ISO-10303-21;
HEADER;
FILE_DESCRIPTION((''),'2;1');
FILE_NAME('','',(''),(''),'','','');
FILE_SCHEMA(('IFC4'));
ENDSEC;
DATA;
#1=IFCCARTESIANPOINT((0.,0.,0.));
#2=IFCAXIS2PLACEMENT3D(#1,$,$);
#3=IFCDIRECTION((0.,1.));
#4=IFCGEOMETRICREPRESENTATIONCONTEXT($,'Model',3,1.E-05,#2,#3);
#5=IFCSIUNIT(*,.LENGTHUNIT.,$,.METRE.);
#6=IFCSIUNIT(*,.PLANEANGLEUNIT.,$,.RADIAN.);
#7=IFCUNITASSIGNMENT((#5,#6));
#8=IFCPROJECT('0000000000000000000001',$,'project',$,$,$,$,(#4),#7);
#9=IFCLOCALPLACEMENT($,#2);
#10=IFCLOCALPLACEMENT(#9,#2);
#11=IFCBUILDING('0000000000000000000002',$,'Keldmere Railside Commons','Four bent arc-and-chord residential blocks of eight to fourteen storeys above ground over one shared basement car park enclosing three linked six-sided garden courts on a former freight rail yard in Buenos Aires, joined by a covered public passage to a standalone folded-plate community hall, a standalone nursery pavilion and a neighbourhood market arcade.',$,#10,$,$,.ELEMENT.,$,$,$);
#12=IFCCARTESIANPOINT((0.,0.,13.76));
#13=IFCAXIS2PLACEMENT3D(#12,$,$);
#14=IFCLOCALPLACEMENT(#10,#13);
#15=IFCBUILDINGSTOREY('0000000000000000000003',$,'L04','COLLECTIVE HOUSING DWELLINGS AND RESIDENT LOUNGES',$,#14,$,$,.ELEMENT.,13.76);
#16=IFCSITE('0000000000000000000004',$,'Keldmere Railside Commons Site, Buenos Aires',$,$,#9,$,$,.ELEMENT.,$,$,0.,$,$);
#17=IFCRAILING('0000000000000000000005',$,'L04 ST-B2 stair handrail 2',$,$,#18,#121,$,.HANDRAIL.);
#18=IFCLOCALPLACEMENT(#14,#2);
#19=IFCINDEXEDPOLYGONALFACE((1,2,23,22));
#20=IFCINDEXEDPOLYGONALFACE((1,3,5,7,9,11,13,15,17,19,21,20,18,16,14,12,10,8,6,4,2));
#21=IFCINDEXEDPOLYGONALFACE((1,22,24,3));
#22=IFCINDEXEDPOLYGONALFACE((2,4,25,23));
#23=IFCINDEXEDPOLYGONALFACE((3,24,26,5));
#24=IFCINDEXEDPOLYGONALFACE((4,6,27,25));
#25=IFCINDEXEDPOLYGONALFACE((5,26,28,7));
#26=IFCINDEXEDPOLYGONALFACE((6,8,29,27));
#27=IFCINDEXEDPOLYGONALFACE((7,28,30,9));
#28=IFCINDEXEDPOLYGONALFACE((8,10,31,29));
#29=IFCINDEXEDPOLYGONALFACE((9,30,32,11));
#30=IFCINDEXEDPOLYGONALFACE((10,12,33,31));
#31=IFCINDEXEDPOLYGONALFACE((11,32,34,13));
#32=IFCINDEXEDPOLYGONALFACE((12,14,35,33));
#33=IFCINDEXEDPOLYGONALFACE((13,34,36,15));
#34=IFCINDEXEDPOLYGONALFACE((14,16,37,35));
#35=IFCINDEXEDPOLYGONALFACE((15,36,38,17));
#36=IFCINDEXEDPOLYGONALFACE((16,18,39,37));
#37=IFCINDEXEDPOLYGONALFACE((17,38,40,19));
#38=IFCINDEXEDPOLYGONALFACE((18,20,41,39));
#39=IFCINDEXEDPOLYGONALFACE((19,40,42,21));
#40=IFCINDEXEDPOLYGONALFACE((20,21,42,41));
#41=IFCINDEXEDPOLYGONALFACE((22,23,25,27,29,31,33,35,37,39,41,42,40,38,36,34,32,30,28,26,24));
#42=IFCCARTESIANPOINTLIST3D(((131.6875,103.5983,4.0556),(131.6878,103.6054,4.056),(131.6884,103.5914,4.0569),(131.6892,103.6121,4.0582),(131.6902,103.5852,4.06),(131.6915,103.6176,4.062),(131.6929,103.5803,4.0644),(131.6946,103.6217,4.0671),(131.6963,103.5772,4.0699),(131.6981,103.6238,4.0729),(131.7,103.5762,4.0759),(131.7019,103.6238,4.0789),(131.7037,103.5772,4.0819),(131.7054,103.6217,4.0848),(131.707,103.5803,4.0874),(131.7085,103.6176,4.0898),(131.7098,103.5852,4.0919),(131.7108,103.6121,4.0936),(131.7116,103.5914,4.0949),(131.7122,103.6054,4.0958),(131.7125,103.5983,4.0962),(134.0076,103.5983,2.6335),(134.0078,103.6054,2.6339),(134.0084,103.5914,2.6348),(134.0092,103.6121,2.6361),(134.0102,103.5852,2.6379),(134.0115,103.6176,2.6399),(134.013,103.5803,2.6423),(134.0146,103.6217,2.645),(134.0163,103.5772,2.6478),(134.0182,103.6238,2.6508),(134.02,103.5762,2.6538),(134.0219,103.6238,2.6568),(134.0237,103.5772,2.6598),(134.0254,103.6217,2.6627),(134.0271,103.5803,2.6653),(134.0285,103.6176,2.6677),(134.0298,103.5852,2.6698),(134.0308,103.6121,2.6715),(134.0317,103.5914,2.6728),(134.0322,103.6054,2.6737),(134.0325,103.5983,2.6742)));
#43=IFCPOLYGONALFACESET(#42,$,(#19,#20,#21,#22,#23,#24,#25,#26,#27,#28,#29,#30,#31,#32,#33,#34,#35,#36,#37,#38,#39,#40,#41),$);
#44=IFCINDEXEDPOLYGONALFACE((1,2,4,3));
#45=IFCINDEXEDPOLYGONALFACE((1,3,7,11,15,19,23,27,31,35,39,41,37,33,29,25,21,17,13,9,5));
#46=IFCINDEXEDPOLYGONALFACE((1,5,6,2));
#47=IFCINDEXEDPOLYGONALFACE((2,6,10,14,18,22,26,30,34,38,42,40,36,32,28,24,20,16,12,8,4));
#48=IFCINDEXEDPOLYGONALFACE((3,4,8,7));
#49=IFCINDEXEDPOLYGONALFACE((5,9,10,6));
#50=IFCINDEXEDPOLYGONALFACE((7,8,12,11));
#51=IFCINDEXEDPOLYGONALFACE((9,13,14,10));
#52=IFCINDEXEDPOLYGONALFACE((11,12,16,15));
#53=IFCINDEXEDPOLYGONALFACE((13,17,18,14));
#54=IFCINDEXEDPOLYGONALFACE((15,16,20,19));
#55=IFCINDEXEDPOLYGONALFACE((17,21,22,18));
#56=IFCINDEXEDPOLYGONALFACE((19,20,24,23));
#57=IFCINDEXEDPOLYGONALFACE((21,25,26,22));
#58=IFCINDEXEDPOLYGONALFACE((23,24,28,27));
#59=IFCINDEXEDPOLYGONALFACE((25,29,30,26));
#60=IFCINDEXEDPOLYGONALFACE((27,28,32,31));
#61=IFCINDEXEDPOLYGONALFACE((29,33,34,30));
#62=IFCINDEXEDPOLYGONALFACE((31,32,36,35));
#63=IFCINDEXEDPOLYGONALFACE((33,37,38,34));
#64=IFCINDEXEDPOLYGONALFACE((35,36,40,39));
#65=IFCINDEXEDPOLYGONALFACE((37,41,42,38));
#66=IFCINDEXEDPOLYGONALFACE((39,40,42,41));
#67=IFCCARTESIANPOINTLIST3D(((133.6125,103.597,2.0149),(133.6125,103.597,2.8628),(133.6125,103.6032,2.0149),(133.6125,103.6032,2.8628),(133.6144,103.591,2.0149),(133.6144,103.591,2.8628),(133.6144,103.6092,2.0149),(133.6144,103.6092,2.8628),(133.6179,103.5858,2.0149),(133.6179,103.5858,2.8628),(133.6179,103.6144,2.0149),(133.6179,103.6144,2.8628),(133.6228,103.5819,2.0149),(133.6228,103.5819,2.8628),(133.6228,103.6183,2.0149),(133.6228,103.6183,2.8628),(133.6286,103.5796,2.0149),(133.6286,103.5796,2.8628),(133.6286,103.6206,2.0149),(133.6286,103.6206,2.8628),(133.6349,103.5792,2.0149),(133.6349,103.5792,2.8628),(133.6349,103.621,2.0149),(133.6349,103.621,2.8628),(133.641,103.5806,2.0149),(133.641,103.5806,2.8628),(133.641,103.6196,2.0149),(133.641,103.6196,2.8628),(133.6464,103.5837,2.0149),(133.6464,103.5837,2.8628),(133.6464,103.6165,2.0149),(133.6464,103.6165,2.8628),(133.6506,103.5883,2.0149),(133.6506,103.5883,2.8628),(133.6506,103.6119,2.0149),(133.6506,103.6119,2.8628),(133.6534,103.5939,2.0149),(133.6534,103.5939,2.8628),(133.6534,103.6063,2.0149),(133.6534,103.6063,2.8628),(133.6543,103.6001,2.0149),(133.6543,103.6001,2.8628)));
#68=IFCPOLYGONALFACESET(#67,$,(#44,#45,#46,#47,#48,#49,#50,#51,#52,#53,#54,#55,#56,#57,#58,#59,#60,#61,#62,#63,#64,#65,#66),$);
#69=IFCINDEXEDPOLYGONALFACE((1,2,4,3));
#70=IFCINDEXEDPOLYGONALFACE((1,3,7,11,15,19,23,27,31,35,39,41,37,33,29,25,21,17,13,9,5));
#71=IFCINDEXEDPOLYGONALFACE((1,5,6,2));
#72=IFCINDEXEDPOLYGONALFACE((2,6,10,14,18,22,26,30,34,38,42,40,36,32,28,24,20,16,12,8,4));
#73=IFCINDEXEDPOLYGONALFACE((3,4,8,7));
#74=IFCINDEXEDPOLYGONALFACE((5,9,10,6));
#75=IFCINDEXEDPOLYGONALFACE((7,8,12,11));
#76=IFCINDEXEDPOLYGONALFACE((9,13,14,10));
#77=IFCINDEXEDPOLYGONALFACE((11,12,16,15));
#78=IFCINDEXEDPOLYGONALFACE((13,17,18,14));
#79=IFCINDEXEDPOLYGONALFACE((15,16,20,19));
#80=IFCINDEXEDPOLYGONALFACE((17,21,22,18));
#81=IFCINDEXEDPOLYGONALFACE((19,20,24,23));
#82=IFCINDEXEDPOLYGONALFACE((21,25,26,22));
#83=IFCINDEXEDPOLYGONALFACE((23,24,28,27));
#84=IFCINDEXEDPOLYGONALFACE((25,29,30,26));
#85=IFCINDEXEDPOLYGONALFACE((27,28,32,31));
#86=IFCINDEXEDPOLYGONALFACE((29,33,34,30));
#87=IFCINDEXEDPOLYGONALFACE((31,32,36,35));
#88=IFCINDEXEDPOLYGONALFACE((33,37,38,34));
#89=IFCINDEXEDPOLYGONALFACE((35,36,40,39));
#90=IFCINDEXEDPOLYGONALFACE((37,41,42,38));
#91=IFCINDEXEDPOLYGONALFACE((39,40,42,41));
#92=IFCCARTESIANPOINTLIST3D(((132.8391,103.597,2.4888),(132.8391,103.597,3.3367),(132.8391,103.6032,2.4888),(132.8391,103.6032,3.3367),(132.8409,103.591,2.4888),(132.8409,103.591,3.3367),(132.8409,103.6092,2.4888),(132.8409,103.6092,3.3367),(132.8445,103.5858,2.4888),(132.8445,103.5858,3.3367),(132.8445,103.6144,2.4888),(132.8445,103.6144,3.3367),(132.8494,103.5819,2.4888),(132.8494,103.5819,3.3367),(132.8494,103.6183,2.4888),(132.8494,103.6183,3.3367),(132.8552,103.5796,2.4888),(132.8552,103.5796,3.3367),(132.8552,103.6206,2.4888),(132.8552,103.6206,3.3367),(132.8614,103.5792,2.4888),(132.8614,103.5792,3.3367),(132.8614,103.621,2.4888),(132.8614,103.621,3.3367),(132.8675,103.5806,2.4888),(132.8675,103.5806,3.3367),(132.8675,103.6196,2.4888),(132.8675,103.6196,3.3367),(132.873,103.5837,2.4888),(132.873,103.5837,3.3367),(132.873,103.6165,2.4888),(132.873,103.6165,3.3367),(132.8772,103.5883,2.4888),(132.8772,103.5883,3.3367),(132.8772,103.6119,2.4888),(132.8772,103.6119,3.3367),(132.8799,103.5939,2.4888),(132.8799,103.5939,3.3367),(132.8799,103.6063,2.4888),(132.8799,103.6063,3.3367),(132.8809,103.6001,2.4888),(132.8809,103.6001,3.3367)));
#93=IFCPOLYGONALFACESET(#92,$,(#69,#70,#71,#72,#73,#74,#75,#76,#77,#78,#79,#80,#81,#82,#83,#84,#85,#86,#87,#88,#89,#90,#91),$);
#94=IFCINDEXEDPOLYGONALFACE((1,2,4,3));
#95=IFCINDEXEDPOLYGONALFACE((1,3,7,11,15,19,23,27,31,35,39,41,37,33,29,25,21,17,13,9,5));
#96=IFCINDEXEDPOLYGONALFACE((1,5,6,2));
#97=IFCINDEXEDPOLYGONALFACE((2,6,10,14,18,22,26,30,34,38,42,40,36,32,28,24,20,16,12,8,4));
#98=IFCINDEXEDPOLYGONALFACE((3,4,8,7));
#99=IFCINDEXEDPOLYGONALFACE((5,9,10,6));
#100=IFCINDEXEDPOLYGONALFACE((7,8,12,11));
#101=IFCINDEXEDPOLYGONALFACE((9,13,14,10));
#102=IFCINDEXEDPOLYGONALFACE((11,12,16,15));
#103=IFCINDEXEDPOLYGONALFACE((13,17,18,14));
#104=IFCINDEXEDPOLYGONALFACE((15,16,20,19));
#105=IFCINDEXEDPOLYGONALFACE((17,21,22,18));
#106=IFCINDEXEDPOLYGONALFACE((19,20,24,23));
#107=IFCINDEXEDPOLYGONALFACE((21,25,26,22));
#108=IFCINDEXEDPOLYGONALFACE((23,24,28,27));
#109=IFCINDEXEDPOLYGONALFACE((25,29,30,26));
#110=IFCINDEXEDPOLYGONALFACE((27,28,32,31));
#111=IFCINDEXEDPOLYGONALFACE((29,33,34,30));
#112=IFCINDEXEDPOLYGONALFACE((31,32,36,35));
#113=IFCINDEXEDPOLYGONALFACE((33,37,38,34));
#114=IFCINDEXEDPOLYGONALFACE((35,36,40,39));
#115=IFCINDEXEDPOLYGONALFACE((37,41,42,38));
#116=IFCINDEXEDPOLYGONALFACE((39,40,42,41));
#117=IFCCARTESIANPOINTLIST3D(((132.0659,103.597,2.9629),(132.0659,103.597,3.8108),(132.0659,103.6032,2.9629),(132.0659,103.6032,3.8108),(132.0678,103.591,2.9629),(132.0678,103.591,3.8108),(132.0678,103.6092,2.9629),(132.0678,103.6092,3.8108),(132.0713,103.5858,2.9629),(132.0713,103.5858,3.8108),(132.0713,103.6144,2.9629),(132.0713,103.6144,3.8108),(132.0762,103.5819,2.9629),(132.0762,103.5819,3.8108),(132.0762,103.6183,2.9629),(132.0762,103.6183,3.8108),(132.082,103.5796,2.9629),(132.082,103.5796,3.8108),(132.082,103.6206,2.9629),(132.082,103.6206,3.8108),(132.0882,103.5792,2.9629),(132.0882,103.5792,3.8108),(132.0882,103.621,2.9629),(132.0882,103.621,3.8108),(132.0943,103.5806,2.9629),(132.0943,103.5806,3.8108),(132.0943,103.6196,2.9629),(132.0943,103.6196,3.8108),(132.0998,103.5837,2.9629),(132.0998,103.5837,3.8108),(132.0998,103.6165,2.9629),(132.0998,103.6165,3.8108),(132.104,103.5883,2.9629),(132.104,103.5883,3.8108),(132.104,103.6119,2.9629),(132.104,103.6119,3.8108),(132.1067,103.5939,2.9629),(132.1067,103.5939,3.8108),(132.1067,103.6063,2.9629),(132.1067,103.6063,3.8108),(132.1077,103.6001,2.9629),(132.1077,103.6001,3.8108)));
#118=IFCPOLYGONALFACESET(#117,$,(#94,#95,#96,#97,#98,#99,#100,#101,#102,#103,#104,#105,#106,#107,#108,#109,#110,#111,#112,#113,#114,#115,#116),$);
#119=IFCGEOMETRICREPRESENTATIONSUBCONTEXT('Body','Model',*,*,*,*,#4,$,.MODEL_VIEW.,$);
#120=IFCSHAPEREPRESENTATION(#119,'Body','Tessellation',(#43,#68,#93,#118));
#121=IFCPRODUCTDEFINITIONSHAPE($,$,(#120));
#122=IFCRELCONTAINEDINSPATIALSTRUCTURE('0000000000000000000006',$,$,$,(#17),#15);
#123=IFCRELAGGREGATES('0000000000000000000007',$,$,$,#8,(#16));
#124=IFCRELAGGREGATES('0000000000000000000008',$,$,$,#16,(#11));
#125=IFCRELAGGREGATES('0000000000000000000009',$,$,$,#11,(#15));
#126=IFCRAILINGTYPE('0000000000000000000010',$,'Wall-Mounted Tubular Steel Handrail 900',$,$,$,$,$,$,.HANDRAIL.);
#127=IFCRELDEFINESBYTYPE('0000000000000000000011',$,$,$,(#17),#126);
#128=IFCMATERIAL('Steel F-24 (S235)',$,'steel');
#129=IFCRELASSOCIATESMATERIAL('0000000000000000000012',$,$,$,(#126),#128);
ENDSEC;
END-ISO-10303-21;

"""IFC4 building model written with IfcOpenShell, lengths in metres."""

from ifc_helpers import new_model, si_unit, direction, frame, origin, origin_2d, place, context, subcontext, project, spatial, circle, extrude, material, type_object, element, save


model = new_model("IFC4")

# Units and contexts
model_context = context("Model", 3, precision=1e-05, world=origin(), true_north=direction((0.0, 1.0)))
body_context = subcontext(model_context, "Body", "Model", "MODEL_VIEW")
ifc_project = project(units=[si_unit("LENGTHUNIT", "METRE"), si_unit("PLANEANGLEUNIT", "RADIAN")], contexts=[model_context])

# Site, building, storey
site_placement = place(None, origin())
site = spatial("IfcSite", under=ifc_project, at=site_placement, Name="Keldmere Railside Commons Site, Buenos Aires", CompositionType="ELEMENT", RefElevation=0.0)
building_placement = place(site_placement, origin())
building = spatial("IfcBuilding", under=site, at=building_placement, Name="Keldmere Railside Commons", Description="Four bent arc-and-chord residential blocks of eight to fourteen storeys above ground over one shared basement car park enclosing three linked six-sided garden courts on a former freight rail yard in Buenos Aires, joined by a covered public passage to a standalone folded-plate community hall, a standalone nursery pavilion and a neighbourhood market arcade.", CompositionType="ELEMENT")
storey_placement = place(building_placement, frame((0.0, 0.0, 13.76)))
storey = spatial("IfcBuildingStorey", under=building, at=storey_placement, Name="L04", Description="COLLECTIVE HOUSING DWELLINGS AND RESIDENT LOUNGES", CompositionType="ELEMENT", Elevation=13.76)

# Railing
ifc_material_1 = material(Name="Steel F-24 (S235)", Category="steel")
railing_type_1 = type_object("IfcRailingType", Name="Wall-Mounted Tubular Steel Handrail 900", PredefinedType="HANDRAIL", material=ifc_material_1)
railing_1_placement = place(storey_placement, frame((134.02, 103.6001, 1.7778)))
element("IfcRailing", 1, at=railing_1_placement, inside=storey, type_object=railing_type_1, Name="L04 ST-B2 stair handrail 2", PredefinedType="HANDRAIL", context=body_context, shape_type="SweptSolid", body=[
    extrude(circle(Radius=0.0239, at=origin_2d()), frame((0.0, 0.0, 0.876), z_axis=(-0.852578, 0.0, 0.5226), x_axis=(0.0, -1.0, 0.0)), (0.0, 0.0, 1.0), 2.7212),
    extrude(circle(Radius=0.021, at=origin_2d()), frame((-0.3867, 0.0, 0.2371)), (0.0, 0.0, 1.0), 0.8479),
    extrude(circle(Radius=0.021, at=origin_2d()), frame((-1.1602, 0.0, 0.7109)), (0.0, 0.0, 1.0), 0.8479),
    extrude(circle(Radius=0.021, at=origin_2d()), frame((-1.9333, 0.0, 1.1851)), (0.0, 0.0, 1.0), 0.8479),
])

save(model, "model.ifc")
